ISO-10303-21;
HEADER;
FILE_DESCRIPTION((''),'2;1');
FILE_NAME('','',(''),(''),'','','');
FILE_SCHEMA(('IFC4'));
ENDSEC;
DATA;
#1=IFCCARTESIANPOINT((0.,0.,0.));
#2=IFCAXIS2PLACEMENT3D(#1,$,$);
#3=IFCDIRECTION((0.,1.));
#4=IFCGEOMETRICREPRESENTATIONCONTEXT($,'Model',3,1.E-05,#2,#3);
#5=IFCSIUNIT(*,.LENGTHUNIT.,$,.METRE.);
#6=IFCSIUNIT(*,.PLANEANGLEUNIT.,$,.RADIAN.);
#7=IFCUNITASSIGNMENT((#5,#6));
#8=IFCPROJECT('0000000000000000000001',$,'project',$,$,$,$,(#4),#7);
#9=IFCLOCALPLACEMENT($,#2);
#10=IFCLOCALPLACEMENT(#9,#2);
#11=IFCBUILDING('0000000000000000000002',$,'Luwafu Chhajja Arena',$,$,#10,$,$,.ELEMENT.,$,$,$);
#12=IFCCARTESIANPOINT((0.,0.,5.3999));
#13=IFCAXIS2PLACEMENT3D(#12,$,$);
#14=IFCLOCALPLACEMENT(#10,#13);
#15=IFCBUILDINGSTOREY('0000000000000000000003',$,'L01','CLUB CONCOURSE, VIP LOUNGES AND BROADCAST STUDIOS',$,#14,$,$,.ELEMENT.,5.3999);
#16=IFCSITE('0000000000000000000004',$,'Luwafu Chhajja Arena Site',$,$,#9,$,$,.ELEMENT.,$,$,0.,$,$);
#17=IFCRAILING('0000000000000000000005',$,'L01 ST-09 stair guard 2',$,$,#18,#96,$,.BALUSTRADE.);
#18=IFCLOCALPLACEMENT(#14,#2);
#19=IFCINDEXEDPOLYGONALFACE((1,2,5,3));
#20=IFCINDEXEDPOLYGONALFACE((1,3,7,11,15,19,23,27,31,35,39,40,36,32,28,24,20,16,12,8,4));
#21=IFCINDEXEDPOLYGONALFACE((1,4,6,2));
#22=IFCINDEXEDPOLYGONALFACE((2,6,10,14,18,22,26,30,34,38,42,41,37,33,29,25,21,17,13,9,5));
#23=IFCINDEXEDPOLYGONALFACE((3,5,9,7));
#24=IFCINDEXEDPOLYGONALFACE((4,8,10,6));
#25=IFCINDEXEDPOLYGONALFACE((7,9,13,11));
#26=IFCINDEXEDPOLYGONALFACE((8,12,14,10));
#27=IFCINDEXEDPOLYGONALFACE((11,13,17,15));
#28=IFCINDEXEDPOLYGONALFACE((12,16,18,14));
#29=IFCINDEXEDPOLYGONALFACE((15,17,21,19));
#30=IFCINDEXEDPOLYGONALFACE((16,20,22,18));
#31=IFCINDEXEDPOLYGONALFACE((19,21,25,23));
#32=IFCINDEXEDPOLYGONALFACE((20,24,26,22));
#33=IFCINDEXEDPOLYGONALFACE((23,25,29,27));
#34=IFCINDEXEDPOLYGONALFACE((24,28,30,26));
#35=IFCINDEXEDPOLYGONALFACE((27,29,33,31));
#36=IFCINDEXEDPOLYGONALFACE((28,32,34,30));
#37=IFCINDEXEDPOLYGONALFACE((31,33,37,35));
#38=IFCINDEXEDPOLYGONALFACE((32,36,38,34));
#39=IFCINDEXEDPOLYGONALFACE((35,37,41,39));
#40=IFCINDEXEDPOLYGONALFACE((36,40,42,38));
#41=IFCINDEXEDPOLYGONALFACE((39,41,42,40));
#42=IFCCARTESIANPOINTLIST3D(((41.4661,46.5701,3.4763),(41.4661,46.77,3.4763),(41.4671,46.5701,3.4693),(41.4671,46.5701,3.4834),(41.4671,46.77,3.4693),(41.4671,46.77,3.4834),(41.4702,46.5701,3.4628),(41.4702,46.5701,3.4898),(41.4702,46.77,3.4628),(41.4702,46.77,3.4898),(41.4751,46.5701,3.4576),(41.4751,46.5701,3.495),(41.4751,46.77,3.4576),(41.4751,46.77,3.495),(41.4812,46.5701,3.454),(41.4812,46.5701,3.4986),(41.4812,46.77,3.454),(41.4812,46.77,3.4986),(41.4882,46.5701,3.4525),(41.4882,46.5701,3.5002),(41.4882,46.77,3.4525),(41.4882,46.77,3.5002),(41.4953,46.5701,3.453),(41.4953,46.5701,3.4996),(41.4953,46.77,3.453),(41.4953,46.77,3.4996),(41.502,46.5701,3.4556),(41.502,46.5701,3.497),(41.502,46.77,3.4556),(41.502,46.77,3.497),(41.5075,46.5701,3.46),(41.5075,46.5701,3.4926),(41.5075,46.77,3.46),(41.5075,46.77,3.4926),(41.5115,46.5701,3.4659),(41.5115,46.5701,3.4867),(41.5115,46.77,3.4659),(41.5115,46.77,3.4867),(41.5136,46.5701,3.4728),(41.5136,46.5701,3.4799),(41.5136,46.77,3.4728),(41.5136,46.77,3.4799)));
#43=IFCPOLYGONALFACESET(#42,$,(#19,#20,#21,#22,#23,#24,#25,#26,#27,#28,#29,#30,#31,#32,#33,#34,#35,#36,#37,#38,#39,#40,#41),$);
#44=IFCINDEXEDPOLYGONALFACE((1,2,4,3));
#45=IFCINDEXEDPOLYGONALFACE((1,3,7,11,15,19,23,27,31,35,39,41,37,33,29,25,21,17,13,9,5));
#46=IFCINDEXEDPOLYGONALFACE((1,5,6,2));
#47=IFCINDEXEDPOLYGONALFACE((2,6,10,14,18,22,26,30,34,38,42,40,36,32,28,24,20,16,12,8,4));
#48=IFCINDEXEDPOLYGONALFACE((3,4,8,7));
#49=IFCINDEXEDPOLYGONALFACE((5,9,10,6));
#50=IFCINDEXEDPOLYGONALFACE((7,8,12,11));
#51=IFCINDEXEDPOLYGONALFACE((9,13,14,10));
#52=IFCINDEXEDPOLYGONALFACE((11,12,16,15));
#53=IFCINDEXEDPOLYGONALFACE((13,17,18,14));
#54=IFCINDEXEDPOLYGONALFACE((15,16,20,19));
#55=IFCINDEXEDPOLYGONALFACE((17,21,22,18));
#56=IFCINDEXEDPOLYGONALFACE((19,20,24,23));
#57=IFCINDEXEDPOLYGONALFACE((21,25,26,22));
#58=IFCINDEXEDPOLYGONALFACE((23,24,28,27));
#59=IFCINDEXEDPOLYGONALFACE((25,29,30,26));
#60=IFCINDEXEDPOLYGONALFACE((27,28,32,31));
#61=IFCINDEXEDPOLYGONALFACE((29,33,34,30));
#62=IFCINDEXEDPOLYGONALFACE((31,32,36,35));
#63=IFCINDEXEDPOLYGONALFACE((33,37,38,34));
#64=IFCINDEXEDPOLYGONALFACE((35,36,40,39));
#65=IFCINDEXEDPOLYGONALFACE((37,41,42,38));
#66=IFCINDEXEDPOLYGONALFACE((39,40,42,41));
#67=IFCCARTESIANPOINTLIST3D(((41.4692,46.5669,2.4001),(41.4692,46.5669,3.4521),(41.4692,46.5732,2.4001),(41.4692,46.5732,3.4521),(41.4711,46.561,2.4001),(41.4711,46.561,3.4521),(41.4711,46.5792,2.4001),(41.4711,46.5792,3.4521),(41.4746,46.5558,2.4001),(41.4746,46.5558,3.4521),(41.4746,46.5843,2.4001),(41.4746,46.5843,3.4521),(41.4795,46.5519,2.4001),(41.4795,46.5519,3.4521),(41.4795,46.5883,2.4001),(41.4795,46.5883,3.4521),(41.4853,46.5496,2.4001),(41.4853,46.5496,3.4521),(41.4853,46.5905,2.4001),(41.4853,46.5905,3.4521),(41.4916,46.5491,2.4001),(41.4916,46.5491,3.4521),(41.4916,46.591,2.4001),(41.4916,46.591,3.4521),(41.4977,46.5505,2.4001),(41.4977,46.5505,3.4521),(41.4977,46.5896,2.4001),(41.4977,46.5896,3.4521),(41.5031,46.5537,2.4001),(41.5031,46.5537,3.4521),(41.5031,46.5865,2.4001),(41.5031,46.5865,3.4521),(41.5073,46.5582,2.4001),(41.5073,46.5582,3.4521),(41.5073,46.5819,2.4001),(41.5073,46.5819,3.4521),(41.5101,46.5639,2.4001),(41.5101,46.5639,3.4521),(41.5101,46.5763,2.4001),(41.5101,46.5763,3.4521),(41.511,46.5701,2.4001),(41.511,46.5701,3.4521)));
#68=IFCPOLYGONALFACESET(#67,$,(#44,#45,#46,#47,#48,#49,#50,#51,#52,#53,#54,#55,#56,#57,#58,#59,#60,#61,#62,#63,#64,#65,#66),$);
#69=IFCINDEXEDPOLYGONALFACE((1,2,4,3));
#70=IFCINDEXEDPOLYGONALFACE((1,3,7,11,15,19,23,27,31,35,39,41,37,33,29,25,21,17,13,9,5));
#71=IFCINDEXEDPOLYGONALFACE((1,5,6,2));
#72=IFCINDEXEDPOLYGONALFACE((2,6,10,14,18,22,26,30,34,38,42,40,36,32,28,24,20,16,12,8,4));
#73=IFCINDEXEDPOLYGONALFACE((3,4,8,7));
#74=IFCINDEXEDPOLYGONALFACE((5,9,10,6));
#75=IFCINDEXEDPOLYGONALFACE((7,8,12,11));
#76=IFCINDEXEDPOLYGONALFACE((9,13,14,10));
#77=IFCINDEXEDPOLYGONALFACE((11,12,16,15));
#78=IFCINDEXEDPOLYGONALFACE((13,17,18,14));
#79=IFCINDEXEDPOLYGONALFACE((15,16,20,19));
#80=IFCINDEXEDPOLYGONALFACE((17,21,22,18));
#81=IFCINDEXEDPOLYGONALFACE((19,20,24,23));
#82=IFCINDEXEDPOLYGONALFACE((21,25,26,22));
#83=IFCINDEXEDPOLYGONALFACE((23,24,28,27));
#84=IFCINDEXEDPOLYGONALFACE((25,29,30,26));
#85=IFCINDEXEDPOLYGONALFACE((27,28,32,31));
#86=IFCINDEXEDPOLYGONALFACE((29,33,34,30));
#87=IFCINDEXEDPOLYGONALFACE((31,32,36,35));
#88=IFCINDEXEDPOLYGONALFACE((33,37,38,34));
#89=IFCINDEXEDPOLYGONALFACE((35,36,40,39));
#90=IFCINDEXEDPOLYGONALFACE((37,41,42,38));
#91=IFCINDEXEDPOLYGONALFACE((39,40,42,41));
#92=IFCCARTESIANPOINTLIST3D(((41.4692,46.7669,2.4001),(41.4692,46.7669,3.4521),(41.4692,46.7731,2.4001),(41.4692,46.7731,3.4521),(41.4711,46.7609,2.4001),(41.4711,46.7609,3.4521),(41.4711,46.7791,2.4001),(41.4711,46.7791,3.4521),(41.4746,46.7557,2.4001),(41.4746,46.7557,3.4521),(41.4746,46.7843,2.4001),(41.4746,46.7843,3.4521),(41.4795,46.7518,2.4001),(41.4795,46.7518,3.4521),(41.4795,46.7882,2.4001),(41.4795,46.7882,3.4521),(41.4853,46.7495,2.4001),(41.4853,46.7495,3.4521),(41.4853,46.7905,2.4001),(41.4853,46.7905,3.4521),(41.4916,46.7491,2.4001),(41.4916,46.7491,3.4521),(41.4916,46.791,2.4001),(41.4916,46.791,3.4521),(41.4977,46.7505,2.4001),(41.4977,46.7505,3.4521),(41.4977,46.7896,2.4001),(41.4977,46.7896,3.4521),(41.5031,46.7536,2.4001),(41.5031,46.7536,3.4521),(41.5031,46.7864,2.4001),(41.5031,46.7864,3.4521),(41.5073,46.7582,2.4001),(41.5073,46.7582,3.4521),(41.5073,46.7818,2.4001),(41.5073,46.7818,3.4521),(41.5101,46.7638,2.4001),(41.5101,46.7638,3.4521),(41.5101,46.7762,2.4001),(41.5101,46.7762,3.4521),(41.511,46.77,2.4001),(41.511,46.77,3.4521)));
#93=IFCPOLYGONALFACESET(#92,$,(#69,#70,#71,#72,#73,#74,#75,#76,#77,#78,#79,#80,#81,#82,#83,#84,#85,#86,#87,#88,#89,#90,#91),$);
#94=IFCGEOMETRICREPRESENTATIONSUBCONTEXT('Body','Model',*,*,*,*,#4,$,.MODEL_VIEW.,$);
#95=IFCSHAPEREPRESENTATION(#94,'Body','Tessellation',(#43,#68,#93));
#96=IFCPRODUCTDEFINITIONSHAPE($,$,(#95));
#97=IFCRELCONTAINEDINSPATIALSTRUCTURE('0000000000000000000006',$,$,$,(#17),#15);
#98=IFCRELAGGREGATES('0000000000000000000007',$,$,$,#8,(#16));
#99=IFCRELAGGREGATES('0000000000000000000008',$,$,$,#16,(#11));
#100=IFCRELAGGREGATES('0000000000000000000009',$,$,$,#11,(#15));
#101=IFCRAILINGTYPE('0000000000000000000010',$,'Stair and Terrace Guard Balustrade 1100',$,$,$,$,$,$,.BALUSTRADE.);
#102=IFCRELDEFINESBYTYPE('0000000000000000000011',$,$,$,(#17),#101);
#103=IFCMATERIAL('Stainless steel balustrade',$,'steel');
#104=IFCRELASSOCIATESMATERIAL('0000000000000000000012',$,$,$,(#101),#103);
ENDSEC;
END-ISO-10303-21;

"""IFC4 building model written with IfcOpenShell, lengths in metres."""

from ifc_helpers import new_model, si_unit, direction, frame, origin, origin_2d, place, context, subcontext, project, spatial, circle, extrude, material, type_object, element, save


model = new_model("IFC4")

# Units and contexts
model_context = context("Model", 3, precision=1e-05, world=origin(), true_north=direction((0.0, 1.0)))
body_context = subcontext(model_context, "Body", "Model", "MODEL_VIEW")
ifc_project = project(units=[si_unit("LENGTHUNIT", "METRE"), si_unit("PLANEANGLEUNIT", "RADIAN")], contexts=[model_context])

# Site, building, storey
site_placement = place(None, origin())
site = spatial("IfcSite", under=ifc_project, at=site_placement, Name="Luwafu Chhajja Arena Site", CompositionType="ELEMENT", RefElevation=0.0)
building_placement = place(site_placement, origin())
building = spatial("IfcBuilding", under=site, at=building_placement, Name="Luwafu Chhajja Arena", CompositionType="ELEMENT")
storey_placement = place(building_placement, frame((0.0, 0.0, 5.3999)))
storey = spatial("IfcBuildingStorey", under=building, at=storey_placement, Name="L01", Description="CLUB CONCOURSE, VIP LOUNGES AND BROADCAST STUDIOS", CompositionType="ELEMENT", Elevation=5.3999)

# Railing
ifc_material_1 = material(Name="Stainless steel balustrade", Category="steel")
railing_type_1 = type_object("IfcRailingType", Name="Stair and Terrace Guard Balustrade 1100", PredefinedType="BALUSTRADE", material=ifc_material_1)
railing_1_placement = place(storey_placement, frame((41.49, 46.5701, 2.4001)))
element("IfcRailing", 1, at=railing_1_placement, inside=storey, type_object=railing_type_1, Name="L01 ST-09 stair guard 2", PredefinedType="BALUSTRADE", context=body_context, shape_type="SweptSolid", body=[
    extrude(circle(Radius=0.0239, at=origin_2d()), frame((0.0, 0.0, 1.0762), z_axis=(0.0, 1.0, 0.0), x_axis=(-1.0, 0.0, 0.0)), (0.0, 0.0, 1.0), 0.2),
    extrude(circle(Radius=0.021, at=origin_2d()), origin(), (0.0, 0.0, 1.0), 1.052),
    extrude(circle(Radius=0.021, at=origin_2d()), frame((0.0, 0.2, 0.0)), (0.0, 0.0, 1.0), 1.052),
])

save(model, "model.ifc")
